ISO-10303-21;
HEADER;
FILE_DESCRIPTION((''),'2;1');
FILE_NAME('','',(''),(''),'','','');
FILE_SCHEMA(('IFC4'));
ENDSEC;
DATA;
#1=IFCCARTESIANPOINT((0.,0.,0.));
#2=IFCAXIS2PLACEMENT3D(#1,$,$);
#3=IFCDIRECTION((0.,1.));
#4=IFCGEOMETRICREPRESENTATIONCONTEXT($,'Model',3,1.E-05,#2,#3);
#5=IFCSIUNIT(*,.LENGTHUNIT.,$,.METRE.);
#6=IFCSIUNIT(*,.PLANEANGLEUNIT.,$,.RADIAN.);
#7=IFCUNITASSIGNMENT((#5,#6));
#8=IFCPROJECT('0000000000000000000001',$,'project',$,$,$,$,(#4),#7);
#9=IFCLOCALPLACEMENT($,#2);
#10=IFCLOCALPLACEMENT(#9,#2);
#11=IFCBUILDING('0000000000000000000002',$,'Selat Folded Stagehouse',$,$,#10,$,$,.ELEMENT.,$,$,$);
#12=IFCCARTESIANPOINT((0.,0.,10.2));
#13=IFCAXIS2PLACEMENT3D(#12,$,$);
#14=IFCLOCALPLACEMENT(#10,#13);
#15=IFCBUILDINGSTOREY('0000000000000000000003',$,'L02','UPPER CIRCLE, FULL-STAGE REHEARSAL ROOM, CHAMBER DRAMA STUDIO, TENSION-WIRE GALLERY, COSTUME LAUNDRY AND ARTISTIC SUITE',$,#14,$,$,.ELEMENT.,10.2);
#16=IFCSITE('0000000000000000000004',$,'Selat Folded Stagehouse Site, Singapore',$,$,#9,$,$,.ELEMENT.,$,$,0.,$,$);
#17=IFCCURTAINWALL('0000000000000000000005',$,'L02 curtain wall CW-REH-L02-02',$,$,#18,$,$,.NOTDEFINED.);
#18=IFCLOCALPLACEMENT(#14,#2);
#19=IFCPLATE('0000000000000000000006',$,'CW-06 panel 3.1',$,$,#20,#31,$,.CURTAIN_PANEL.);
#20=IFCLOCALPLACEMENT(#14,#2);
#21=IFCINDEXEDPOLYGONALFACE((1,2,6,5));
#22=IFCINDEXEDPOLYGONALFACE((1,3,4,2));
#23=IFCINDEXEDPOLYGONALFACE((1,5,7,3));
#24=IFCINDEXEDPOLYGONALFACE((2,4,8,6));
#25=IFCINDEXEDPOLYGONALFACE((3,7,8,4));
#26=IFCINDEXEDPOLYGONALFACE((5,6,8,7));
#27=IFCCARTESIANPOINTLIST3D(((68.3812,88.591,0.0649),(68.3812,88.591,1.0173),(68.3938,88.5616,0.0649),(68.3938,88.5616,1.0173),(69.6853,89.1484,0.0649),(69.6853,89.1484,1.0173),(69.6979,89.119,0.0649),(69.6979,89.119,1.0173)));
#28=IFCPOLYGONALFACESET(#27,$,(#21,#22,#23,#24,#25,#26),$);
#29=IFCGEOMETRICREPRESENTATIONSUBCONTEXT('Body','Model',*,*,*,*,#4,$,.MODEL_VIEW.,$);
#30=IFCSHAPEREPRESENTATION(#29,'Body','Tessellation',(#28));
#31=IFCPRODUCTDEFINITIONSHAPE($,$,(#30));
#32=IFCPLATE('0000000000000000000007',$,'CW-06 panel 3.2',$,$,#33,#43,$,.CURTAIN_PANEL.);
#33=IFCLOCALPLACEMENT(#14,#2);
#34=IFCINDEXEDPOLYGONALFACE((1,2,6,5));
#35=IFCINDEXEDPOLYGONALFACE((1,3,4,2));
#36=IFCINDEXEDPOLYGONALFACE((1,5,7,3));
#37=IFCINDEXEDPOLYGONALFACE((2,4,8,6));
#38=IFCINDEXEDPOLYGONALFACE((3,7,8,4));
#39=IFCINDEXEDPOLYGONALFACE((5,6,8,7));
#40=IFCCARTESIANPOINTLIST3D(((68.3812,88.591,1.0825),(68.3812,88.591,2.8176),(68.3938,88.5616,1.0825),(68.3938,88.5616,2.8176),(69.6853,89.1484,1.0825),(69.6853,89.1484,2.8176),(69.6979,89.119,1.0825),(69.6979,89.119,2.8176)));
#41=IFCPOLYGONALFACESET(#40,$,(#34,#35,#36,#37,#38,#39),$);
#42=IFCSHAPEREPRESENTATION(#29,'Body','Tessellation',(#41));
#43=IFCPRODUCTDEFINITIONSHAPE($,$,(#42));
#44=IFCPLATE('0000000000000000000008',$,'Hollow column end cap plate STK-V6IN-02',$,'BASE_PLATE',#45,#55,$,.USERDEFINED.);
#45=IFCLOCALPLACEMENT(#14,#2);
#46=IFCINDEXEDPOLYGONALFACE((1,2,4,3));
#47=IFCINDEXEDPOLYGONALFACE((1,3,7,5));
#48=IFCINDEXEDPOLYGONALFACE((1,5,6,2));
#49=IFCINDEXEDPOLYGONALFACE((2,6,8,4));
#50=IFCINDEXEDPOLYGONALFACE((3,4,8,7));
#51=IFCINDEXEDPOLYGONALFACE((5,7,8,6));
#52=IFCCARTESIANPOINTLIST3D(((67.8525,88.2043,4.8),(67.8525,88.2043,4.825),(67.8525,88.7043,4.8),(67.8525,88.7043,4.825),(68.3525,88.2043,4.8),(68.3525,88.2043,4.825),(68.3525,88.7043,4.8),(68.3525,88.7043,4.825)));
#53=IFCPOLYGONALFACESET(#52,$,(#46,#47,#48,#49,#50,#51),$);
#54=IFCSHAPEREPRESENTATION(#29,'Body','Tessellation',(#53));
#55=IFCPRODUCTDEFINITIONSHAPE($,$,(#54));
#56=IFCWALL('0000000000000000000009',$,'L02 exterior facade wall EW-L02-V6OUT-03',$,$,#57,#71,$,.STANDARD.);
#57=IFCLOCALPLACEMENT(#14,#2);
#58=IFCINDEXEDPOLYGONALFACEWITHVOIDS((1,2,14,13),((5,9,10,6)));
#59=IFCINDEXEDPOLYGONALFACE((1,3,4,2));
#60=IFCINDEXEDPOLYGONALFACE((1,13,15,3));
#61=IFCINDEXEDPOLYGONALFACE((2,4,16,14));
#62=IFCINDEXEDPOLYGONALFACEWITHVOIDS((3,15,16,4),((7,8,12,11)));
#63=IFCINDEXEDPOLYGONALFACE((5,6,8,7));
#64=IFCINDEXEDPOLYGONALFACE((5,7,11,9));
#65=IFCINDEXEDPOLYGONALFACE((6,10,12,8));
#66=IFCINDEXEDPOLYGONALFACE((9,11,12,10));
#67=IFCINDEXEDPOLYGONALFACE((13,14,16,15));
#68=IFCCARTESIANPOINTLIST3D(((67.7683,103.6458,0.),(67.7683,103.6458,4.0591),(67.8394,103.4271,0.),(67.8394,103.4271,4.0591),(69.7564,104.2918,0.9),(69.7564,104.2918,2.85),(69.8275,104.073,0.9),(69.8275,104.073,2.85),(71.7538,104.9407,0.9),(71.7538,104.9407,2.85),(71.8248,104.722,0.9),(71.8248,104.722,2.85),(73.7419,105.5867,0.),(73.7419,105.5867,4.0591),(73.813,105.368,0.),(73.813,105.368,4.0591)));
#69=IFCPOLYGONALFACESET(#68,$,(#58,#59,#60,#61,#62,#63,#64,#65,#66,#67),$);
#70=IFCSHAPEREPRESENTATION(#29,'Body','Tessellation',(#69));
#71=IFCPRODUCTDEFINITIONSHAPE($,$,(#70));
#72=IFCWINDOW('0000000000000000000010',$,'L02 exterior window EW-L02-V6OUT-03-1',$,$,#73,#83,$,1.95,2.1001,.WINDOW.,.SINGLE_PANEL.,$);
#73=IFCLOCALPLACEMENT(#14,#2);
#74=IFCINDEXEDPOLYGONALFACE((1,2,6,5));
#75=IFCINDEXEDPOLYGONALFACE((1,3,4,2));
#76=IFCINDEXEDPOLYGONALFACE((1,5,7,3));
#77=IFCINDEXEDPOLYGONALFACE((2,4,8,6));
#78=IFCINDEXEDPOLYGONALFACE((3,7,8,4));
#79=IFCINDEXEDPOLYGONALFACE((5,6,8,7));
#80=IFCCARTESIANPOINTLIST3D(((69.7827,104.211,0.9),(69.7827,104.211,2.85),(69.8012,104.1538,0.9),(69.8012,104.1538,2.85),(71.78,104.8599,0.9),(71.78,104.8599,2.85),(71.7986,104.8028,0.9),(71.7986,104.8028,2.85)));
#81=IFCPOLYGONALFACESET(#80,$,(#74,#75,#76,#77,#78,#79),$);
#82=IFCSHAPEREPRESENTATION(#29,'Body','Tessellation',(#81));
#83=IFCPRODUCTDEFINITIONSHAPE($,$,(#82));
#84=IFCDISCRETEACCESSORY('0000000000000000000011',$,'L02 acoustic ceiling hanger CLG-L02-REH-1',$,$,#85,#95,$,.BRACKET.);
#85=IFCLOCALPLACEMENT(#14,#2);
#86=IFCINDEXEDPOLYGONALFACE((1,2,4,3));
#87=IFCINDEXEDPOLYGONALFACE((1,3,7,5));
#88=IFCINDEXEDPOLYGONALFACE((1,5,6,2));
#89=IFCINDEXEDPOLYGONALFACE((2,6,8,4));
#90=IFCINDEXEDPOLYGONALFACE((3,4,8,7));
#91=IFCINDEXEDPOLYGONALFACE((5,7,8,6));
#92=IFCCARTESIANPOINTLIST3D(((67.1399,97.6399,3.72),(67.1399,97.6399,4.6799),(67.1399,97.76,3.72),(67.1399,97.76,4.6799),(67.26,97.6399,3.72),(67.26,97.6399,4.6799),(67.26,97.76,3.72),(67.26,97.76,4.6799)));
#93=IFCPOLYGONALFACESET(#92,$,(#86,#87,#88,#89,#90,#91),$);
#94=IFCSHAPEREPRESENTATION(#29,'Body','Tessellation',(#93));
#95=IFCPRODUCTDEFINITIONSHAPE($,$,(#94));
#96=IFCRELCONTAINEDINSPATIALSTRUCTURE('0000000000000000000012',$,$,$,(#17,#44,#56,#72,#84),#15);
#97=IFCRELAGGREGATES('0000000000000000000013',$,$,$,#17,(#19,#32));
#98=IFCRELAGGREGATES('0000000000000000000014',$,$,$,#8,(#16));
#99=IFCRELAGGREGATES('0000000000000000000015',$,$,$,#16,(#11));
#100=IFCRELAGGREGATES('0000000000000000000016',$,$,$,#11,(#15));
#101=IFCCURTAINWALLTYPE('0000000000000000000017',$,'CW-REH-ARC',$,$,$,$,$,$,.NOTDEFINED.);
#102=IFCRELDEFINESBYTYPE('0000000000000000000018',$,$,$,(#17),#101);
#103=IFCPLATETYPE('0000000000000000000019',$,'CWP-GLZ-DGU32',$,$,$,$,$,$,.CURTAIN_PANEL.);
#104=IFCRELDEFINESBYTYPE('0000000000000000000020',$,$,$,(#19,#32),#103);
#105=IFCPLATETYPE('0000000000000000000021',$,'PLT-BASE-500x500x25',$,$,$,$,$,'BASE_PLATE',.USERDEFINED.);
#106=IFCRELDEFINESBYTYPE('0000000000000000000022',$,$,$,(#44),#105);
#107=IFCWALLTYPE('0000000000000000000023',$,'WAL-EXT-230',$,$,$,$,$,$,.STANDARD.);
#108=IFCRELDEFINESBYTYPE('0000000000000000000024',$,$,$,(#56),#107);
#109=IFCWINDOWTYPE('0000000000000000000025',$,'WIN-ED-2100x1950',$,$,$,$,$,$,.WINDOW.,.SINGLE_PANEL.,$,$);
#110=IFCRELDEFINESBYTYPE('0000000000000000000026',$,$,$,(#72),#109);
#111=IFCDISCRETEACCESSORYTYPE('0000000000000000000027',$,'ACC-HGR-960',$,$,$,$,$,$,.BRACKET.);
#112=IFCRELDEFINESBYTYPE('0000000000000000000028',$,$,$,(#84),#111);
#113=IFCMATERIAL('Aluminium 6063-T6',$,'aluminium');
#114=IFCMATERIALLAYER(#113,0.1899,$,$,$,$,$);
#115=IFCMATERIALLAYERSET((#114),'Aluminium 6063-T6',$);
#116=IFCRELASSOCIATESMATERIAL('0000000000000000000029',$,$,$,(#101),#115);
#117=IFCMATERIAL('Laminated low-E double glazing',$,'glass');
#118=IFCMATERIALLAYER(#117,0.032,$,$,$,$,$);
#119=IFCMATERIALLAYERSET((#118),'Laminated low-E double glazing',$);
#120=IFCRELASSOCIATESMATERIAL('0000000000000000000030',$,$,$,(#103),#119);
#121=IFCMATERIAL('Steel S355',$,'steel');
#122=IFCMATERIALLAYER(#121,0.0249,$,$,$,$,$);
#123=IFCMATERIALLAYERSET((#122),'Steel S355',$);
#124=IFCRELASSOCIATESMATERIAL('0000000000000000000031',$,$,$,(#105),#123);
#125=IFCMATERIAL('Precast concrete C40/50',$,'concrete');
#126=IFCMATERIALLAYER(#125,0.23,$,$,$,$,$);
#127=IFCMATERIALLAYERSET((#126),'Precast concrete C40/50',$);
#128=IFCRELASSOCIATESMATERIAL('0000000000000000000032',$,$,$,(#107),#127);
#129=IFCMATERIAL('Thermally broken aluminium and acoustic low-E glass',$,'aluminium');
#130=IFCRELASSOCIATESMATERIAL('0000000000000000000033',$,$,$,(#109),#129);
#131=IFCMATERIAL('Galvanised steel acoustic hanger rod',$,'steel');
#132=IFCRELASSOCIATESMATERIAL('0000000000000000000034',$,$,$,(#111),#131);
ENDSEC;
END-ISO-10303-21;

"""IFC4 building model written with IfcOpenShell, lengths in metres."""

from ifc_helpers import new_model, si_unit, direction, frame, frame_2d, origin, origin_2d, place, context, subcontext, project, spatial, rectangle, extrude, material, layer, layer_set, type_object, element, fill, aggregate, save


model = new_model("IFC4")

# Units and contexts
model_context = context("Model", 3, precision=1e-05, world=origin(), true_north=direction((0.0, 1.0)))
body_context = subcontext(model_context, "Body", "Model", "MODEL_VIEW")
ifc_project = project(units=[si_unit("LENGTHUNIT", "METRE"), si_unit("PLANEANGLEUNIT", "RADIAN")], contexts=[model_context])

# Site, building, storey
site_placement = place(None, origin())
site = spatial("IfcSite", under=ifc_project, at=site_placement, Name="Selat Folded Stagehouse Site, Singapore", CompositionType="ELEMENT", RefElevation=0.0)
building_placement = place(site_placement, origin())
building = spatial("IfcBuilding", under=site, at=building_placement, Name="Selat Folded Stagehouse", CompositionType="ELEMENT")
storey_placement = place(building_placement, frame((0.0, 0.0, 10.2)))
storey = spatial("IfcBuildingStorey", under=building, at=storey_placement, Name="L02", Description="UPPER CIRCLE, FULL-STAGE REHEARSAL ROOM, CHAMBER DRAMA STUDIO, TENSION-WIRE GALLERY, COSTUME LAUNDRY AND ARTISTIC SUITE", CompositionType="ELEMENT", Elevation=10.2)

# Shared definitions
ifc_material_1 = material(Name="Steel S355", Category="steel")

# Shared definitions
ifc_material_2 = material(Name="Aluminium 6063-T6", Category="aluminium")
ifc_layer_1 = layer(ifc_material_2, 0.1899)
ifc_layer_set_1 = layer_set([ifc_layer_1], Name="Aluminium 6063-T6")
curtain_wall_type = type_object("IfcCurtainWallType", Name="CW-REH-ARC", PredefinedType="NOTDEFINED", material=ifc_layer_set_1)

# Curtain wall
curtain_wall_1_placement = place(storey_placement, origin())
curtain_wall_1 = element("IfcCurtainWall", 1, at=curtain_wall_1_placement, inside=storey, type_object=curtain_wall_type, Name="L02 curtain wall CW-REH-L02-02", PredefinedType="NOTDEFINED")

# Plates
ifc_material_3 = material(Name="Laminated low-E double glazing", Category="glass")
ifc_layer_2 = layer(ifc_material_3, 0.032)
ifc_layer_set_2 = layer_set([ifc_layer_2], Name="Laminated low-E double glazing")
plate_type_1 = type_object("IfcPlateType", Name="CWP-GLZ-DGU32", PredefinedType="CURTAIN_PANEL", material=ifc_layer_set_2)
plate_1_placement = place(storey_placement, frame((69.0396, 88.855, 0.0649), z_axis=(0.0, 0.0, 1.0), x_axis=(-0.919533, -0.393012, 0.0)))
plate_1 = element("IfcPlate", 2, at=plate_1_placement, type_object=plate_type_1, Name="CW-06 panel 3.1", PredefinedType="CURTAIN_PANEL", context=body_context, shape_type="SweptSolid", body=[
    extrude(rectangle(XDim=1.4182, YDim=0.032, at=origin_2d()), origin(), (0.0, 0.0, 1.0), 0.9524),
])
plate_2_placement = place(storey_placement, frame((69.0396, 88.855, 1.0825), z_axis=(0.0, 0.0, 1.0), x_axis=(-0.919533, -0.393012, 0.0)))
plate_2 = element("IfcPlate", 3, at=plate_2_placement, type_object=plate_type_1, Name="CW-06 panel 3.2", PredefinedType="CURTAIN_PANEL", context=body_context, shape_type="SweptSolid", body=[
    extrude(rectangle(XDim=1.4182, YDim=0.032, at=origin_2d()), origin(), (0.0, 0.0, 1.0), 1.7351),
])
aggregate(curtain_wall_1, [plate_1, plate_2])
ifc_layer_3 = layer(ifc_material_1, 0.0249)
ifc_layer_set_3 = layer_set([ifc_layer_3], Name="Steel S355")
plate_type_2 = type_object("IfcPlateType", Name="PLT-BASE-500x500x25", ElementType="BASE_PLATE", PredefinedType="USERDEFINED", material=ifc_layer_set_3)
plate_3_placement = place(storey_placement, frame((68.1025, 88.4543, 4.8), z_axis=(0.0, 0.0, 1.0), x_axis=(1.0, 0.0, 0.0)))
element("IfcPlate", 4, at=plate_3_placement, inside=storey, type_object=plate_type_2, Name="Hollow column end cap plate STK-V6IN-02", ObjectType="BASE_PLATE", PredefinedType="USERDEFINED", context=body_context, shape_type="SweptSolid", body=[
    extrude(rectangle(XDim=0.5, YDim=0.5, at=origin_2d()), origin(), (0.0, 0.0, 1.0), 0.0249),
])

# Wall, opening, window
ifc_material_4 = material(Name="Precast concrete C40/50", Category="concrete")
ifc_layer_4 = layer(ifc_material_4, 0.23)
ifc_layer_set_4 = layer_set([ifc_layer_4], Name="Precast concrete C40/50")
wall_type = type_object("IfcWallType", Name="WAL-EXT-230", PredefinedType="STANDARD", material=ifc_layer_set_4)
wall_placement = place(storey_placement, frame((67.8037, 103.5364, 0.0), z_axis=(0.0, 0.0, 1.0), x_axis=(0.951058, 0.309012, 0.0)))
wall = element("IfcWall", 5, at=wall_placement, inside=storey, type_object=wall_type, Name="L02 exterior facade wall EW-L02-V6OUT-03", PredefinedType="STANDARD", context=body_context, shape_type="SweptSolid", body=[
    extrude(rectangle(XDim=6.281, YDim=0.23, at=frame_2d((3.1406, 0.0))), origin(), (0.0, 0.0, 1.0), 4.0591),
])
opening_placement = place(wall_placement, frame((2.0906, 0.0, 0.8999)))
opening = element("IfcOpeningElement", 6, at=opening_placement, cuts=wall, PredefinedType="OPENING", context=body_context, shape_type="SweptSolid", body=[
    extrude(rectangle(XDim=2.1001, YDim=1.95, at=frame_2d((1.05, 0.9751))), frame((0.0, 0.125, 0.0), z_axis=(0.0, -1.0, 0.0), x_axis=(1.0, 0.0, 0.0)), (0.0, 0.0, 1.0), 0.25),
])
ifc_material_5 = material(Name="Thermally broken aluminium and acoustic low-E glass", Category="aluminium")
window_type = type_object("IfcWindowType", Name="WIN-ED-2100x1950", PartitioningType="SINGLE_PANEL", PredefinedType="WINDOW", material=ifc_material_5)
window_placement = place(opening_placement, origin())
window = element("IfcWindow", 7, at=window_placement, inside=storey, type_object=window_type, Name="L02 exterior window EW-L02-V6OUT-03-1", OverallHeight=1.95, OverallWidth=2.1001, PartitioningType="SINGLE_PANEL", PredefinedType="WINDOW", context=body_context, shape_type="SweptSolid", body=[
    extrude(rectangle(XDim=2.1001, YDim=1.95, at=frame_2d((1.05, 0.9751))), frame((0.0, 0.03, 0.0), z_axis=(0.0, -1.0, 0.0), x_axis=(1.0, 0.0, 0.0)), (0.0, 0.0, 1.0), 0.0601),
])
fill(opening, window)

# Discrete accessory
ifc_material_6 = material(Name="Galvanised steel acoustic hanger rod", Category="steel")
discrete_accessory_type = type_object("IfcDiscreteAccessoryType", Name="ACC-HGR-960", PredefinedType="BRACKET", material=ifc_material_6)
discrete_accessory_placement = place(storey_placement, frame((67.2, 97.7, 3.72), z_axis=(0.0, 0.0, 1.0), x_axis=(1.0, 0.0, 0.0)))
element("IfcDiscreteAccessory", 8, at=discrete_accessory_placement, inside=storey, type_object=discrete_accessory_type, Name="L02 acoustic ceiling hanger CLG-L02-REH-1", PredefinedType="BRACKET", context=body_context, shape_type="SweptSolid", body=[
    extrude(rectangle(XDim=0.1201, YDim=0.1201, at=origin_2d()), origin(), (0.0, 0.0, 1.0), 0.96),
])

save(model, "model.ifc")
